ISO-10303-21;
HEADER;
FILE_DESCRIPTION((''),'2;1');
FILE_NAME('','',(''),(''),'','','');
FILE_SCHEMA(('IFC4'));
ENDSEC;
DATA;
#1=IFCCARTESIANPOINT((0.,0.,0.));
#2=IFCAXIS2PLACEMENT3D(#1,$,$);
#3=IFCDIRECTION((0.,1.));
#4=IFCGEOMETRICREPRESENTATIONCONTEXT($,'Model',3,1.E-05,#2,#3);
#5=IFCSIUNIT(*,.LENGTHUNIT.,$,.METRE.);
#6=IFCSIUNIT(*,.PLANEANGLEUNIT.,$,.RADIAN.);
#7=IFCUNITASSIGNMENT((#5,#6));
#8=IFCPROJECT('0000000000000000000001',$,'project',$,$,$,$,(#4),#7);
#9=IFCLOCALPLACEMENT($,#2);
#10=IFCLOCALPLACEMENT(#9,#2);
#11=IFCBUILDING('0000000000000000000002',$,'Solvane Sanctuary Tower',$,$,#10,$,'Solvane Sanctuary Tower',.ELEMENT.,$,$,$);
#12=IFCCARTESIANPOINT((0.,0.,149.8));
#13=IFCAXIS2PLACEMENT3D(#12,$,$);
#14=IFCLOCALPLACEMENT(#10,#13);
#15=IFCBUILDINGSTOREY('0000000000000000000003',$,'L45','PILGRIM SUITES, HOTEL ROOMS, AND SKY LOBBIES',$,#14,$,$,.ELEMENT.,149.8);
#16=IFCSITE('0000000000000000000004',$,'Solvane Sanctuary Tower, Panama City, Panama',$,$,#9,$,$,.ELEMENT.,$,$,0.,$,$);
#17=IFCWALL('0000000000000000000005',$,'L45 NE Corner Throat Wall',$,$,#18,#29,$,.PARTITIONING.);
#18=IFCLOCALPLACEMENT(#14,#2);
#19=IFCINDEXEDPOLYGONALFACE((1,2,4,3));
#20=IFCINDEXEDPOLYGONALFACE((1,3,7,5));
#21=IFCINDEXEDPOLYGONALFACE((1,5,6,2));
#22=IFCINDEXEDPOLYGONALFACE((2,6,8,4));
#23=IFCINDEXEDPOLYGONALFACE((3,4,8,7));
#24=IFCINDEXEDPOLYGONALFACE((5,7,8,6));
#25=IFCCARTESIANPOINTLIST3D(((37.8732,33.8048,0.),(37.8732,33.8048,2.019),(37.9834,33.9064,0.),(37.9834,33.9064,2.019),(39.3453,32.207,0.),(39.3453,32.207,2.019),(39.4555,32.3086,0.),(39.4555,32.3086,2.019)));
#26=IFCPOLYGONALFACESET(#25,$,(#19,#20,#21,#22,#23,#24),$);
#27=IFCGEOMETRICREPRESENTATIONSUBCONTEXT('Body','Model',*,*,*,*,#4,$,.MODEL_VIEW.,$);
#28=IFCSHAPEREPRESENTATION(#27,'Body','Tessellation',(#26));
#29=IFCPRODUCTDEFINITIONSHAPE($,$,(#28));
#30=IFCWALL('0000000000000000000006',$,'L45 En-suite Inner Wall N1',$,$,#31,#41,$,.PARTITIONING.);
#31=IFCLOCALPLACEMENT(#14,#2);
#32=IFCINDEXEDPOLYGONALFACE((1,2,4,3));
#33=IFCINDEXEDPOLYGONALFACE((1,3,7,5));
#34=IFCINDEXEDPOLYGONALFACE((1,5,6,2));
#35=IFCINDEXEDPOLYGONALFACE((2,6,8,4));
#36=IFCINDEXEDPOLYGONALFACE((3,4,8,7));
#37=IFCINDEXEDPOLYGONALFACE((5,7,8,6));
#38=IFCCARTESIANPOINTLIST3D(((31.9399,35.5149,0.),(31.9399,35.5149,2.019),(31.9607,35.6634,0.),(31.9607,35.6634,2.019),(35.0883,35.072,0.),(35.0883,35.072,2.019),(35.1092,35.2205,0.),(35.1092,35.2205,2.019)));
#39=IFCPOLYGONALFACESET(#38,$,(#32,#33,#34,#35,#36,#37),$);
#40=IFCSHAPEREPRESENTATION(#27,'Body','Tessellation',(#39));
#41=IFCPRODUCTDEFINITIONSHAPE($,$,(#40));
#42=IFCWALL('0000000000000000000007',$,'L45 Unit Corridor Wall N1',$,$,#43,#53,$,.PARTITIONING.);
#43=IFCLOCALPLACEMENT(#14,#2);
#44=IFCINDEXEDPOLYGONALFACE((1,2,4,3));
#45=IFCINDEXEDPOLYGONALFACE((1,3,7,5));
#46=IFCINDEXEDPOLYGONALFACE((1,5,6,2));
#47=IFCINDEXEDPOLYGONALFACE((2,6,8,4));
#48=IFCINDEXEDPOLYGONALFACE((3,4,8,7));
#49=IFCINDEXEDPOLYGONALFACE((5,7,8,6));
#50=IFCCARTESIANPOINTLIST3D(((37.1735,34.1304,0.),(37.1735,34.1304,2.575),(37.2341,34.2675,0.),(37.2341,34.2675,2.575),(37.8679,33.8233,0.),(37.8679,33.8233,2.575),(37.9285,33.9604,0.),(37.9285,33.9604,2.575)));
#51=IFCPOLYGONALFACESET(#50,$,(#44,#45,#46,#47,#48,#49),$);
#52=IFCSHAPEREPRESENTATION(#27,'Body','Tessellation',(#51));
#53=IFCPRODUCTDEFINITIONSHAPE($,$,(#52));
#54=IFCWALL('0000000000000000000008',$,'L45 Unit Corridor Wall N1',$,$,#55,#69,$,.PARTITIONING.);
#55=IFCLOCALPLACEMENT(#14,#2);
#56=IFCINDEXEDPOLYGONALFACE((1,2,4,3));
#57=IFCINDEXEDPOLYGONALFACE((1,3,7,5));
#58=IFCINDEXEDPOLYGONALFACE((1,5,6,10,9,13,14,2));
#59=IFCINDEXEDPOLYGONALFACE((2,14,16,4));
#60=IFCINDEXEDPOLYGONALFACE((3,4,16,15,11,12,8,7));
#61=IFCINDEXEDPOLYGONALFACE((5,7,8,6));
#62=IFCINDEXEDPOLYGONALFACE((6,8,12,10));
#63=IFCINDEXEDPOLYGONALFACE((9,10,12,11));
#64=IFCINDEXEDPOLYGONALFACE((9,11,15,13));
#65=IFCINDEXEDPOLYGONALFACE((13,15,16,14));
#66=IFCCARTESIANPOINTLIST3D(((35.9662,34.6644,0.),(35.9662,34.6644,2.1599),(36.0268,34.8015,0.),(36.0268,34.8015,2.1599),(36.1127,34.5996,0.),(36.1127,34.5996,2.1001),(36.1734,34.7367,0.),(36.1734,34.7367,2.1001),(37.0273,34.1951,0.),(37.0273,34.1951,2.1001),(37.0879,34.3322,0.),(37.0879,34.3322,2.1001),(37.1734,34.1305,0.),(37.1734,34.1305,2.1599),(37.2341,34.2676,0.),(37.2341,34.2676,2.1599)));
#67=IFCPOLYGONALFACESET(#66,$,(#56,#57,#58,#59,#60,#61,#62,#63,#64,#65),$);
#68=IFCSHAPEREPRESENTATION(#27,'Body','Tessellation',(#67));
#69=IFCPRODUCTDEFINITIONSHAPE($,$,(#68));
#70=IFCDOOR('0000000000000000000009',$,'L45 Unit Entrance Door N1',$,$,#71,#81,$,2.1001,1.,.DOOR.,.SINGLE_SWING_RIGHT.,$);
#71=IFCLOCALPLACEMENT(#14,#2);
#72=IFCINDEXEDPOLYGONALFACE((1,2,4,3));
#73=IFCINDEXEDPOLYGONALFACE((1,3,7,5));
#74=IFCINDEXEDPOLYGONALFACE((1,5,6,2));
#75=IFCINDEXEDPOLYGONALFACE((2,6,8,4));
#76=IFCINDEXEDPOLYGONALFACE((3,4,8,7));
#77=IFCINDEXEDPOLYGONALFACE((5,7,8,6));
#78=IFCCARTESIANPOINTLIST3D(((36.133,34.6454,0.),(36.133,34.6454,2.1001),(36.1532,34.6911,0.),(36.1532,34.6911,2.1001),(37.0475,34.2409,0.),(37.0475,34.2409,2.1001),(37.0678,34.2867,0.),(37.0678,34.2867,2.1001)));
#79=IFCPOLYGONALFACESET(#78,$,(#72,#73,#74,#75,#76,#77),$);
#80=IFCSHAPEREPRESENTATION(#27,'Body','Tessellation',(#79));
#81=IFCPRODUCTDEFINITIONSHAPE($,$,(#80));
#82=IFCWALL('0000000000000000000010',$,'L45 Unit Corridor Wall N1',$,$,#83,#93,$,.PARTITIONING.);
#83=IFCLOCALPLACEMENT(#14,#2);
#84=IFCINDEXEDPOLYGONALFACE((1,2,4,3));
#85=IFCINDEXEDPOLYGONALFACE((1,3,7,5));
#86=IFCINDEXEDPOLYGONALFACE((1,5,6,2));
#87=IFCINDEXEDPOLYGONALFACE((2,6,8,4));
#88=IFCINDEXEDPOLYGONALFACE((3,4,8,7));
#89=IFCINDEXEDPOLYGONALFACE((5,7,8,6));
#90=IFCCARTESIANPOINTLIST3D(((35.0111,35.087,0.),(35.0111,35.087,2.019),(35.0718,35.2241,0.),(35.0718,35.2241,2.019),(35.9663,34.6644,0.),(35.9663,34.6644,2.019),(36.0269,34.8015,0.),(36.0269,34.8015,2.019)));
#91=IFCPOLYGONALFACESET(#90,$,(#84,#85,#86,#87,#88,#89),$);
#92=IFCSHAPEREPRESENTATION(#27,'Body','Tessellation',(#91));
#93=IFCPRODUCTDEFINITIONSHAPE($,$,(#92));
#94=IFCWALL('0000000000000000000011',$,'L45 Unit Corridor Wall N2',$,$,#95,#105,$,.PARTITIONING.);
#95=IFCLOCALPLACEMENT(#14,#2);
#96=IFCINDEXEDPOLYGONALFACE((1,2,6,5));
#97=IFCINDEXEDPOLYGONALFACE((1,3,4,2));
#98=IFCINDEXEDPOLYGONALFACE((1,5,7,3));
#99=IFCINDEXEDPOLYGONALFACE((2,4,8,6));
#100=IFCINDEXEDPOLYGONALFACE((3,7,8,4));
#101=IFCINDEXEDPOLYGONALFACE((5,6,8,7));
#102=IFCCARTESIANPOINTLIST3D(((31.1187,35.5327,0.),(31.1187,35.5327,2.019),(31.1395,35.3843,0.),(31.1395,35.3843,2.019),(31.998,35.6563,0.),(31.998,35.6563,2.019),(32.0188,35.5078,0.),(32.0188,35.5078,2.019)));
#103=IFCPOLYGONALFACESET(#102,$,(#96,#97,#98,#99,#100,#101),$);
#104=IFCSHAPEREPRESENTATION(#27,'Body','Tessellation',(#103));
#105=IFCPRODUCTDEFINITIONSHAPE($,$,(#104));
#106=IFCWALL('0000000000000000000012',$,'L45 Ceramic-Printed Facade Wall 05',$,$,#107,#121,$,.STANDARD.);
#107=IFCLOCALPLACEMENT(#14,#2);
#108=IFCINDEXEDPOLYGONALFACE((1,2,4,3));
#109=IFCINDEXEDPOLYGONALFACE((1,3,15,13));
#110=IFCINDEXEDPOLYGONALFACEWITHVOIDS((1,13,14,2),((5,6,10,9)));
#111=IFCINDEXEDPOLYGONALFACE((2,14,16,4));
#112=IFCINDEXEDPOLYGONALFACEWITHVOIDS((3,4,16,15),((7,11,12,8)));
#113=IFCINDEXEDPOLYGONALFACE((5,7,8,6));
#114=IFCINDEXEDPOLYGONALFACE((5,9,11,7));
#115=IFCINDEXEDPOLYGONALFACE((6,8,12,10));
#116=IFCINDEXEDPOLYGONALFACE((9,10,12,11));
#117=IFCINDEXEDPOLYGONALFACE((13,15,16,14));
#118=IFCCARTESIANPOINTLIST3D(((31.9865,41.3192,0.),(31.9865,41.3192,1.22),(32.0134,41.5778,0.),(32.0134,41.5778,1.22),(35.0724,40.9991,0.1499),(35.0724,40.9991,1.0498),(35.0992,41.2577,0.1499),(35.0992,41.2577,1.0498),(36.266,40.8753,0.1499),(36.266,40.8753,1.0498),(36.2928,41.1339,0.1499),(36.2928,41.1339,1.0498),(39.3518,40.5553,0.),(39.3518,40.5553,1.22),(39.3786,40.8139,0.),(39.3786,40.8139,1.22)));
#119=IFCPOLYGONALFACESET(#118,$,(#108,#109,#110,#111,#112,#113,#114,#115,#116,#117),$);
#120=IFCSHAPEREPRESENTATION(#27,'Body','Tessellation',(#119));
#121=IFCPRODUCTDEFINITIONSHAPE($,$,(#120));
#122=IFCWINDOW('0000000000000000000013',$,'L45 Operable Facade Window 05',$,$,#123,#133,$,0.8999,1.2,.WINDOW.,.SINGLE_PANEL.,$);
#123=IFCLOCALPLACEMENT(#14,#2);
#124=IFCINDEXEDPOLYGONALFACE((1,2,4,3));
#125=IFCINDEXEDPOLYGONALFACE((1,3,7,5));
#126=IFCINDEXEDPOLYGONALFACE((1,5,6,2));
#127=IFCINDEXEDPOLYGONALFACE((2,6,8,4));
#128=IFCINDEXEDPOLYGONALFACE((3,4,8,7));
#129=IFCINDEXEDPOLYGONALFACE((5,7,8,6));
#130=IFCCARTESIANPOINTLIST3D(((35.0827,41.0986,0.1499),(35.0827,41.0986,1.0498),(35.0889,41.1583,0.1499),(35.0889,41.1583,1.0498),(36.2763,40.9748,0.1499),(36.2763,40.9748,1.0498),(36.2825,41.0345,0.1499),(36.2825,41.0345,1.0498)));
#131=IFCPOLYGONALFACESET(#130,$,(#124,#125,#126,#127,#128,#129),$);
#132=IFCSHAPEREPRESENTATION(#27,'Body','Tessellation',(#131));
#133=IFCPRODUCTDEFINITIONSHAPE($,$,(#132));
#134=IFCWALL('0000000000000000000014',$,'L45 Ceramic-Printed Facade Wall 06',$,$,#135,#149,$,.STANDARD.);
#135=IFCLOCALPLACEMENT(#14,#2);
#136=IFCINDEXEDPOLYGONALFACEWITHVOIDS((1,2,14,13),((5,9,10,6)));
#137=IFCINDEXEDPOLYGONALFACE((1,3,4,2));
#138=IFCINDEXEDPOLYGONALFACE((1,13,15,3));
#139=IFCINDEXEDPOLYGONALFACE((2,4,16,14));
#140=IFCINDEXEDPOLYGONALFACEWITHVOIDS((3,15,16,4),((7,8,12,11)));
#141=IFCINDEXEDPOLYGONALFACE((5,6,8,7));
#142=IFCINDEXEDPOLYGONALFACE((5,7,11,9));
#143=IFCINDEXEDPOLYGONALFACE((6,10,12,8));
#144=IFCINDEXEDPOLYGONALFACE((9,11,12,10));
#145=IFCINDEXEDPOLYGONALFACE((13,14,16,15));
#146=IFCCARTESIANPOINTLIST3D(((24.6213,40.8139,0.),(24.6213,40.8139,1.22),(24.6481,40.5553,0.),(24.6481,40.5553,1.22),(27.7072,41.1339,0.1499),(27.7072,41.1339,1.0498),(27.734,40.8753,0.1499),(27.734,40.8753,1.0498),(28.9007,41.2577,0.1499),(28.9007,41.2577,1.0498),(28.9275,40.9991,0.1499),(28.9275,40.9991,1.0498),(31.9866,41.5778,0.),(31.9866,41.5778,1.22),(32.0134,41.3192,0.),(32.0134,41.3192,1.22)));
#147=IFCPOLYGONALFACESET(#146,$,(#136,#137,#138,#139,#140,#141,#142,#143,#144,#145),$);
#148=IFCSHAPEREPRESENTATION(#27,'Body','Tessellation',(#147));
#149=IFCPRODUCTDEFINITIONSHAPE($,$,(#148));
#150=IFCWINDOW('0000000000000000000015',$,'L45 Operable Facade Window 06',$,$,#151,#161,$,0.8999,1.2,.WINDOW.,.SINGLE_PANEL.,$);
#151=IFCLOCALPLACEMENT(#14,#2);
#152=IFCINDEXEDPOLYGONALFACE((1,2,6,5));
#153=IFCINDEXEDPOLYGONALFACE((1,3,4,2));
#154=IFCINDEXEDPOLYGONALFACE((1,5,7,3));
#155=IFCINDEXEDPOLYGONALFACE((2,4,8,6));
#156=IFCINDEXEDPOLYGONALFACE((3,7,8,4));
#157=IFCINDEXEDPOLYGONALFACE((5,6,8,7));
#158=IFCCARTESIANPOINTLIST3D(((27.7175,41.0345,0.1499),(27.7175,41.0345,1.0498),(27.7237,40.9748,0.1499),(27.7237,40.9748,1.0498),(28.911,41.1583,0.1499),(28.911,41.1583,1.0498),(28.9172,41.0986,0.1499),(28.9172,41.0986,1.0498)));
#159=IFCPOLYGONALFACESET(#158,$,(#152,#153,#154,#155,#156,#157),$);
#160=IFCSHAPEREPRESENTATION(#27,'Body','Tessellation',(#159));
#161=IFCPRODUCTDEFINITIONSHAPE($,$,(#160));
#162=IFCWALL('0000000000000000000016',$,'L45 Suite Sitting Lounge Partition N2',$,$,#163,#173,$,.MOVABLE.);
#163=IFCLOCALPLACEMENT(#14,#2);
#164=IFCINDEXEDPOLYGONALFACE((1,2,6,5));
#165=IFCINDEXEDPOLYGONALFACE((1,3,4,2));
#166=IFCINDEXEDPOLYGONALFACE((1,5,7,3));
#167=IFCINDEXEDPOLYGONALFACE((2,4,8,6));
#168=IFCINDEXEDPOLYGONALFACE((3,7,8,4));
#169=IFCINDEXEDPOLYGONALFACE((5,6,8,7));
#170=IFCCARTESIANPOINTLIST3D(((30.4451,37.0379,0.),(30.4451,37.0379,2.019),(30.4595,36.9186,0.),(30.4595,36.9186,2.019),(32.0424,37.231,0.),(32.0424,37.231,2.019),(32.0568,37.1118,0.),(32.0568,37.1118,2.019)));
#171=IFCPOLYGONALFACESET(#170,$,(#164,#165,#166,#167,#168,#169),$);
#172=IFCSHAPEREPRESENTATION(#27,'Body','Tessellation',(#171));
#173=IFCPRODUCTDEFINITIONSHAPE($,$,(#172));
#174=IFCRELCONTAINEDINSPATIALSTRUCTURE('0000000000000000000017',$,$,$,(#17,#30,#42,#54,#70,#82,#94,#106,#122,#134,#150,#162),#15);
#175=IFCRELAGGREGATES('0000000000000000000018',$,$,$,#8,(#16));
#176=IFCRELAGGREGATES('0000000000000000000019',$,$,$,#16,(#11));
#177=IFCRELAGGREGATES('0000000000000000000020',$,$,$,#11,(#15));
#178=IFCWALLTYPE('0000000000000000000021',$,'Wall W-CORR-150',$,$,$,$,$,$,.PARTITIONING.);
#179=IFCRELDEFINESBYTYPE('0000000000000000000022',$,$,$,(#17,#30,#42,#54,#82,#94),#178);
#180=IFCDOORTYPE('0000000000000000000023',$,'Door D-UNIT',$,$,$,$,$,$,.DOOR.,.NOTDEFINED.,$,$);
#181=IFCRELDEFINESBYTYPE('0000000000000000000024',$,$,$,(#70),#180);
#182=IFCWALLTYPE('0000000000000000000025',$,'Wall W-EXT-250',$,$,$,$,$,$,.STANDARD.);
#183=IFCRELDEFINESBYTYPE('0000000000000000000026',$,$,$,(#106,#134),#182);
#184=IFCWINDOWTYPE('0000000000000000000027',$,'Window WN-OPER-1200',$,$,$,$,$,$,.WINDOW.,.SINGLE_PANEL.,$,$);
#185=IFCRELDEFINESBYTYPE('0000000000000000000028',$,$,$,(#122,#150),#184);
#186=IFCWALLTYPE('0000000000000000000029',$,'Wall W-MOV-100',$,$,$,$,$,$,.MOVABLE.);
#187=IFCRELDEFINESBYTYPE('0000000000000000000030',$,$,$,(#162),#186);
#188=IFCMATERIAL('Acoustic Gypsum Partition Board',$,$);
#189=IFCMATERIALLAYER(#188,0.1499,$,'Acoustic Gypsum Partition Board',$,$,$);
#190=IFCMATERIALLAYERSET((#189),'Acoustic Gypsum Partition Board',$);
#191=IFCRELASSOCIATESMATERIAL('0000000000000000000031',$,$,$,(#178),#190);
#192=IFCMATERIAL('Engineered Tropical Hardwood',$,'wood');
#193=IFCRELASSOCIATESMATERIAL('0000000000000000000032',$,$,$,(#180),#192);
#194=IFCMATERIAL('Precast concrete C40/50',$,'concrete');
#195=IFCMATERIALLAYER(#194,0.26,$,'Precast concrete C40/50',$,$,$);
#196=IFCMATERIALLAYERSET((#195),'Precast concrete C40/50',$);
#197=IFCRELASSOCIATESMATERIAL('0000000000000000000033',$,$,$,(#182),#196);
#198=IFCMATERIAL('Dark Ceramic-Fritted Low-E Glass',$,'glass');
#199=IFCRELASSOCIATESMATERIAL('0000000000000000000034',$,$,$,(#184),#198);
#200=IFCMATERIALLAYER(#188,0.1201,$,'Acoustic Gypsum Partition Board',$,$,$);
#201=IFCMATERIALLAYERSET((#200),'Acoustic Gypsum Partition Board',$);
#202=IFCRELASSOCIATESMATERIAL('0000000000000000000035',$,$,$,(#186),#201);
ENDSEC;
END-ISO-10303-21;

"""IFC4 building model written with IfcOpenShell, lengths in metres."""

from ifc_helpers import new_model, si_unit, direction, frame, frame_2d, origin, place, context, subcontext, project, spatial, rectangle, extrude, material, layer, layer_set, type_object, element, fill, save


model = new_model("IFC4")

# Units and contexts
model_context = context("Model", 3, precision=1e-05, world=origin(), true_north=direction((0.0, 1.0)))
body_context = subcontext(model_context, "Body", "Model", "MODEL_VIEW")
ifc_project = project(units=[si_unit("LENGTHUNIT", "METRE"), si_unit("PLANEANGLEUNIT", "RADIAN")], contexts=[model_context])

# Site, building, storey
site_placement = place(None, origin())
site = spatial("IfcSite", under=ifc_project, at=site_placement, Name="Solvane Sanctuary Tower, Panama City, Panama", CompositionType="ELEMENT", RefElevation=0.0)
building_placement = place(site_placement, origin())
building = spatial("IfcBuilding", under=site, at=building_placement, Name="Solvane Sanctuary Tower", LongName="Solvane Sanctuary Tower", CompositionType="ELEMENT")
storey_placement = place(building_placement, frame((0.0, 0.0, 149.8)))
storey = spatial("IfcBuildingStorey", under=building, at=storey_placement, Name="L45", Description="PILGRIM SUITES, HOTEL ROOMS, AND SKY LOBBIES", CompositionType="ELEMENT", Elevation=149.8)

# Walls
ifc_material_1 = material(Name="Acoustic Gypsum Partition Board")
ifc_layer_1 = layer(ifc_material_1, 0.1499, Name="Acoustic Gypsum Partition Board")
ifc_layer_set_1 = layer_set([ifc_layer_1], Name="Acoustic Gypsum Partition Board")
wall_type_1 = type_object("IfcWallType", Name="Wall W-CORR-150", PredefinedType="PARTITIONING", material=ifc_layer_set_1)
wall_1_placement = place(storey_placement, frame((37.9282, 33.8557, 0.0), z_axis=(0.0, 0.0, 1.0), x_axis=(0.67758, -0.735449, 0.0)))
element("IfcWall", 1, at=wall_1_placement, inside=storey, type_object=wall_type_1, Name="L45 NE Corner Throat Wall", PredefinedType="PARTITIONING", context=body_context, shape_type="SweptSolid", body=[
    extrude(rectangle(XDim=2.1726, YDim=0.1499, at=frame_2d((1.0864, 0.0))), origin(), (0.0, 0.0, 1.0), 2.019),
])
wall_2_placement = place(storey_placement, frame((35.0989, 35.1462, 0.0), z_axis=(0.0, 0.0, 1.0), x_axis=(-0.990251, 0.139292, 0.0)))
element("IfcWall", 2, at=wall_2_placement, inside=storey, type_object=wall_type_1, Name="L45 En-suite Inner Wall N1", PredefinedType="PARTITIONING", context=body_context, shape_type="SweptSolid", body=[
    extrude(rectangle(XDim=3.1794, YDim=0.1499, at=frame_2d((1.5898, 0.0))), origin(), (0.0, 0.0, 1.0), 2.019),
])
wall_3_placement = place(storey_placement, frame((37.8982, 33.8918, 0.0), z_axis=(0.0, 0.0, 1.0), x_axis=(-0.914526, 0.404527, 0.0)))
element("IfcWall", 3, at=wall_3_placement, inside=storey, type_object=wall_type_1, Name="L45 Unit Corridor Wall N1", PredefinedType="PARTITIONING", context=body_context, shape_type="SweptSolid", body=[
    extrude(rectangle(XDim=0.7593, YDim=0.1499, at=frame_2d((0.3796, 0.0))), origin(), (0.0, 0.0, 1.0), 2.575),
])

# Wall, opening, door
wall_4_placement = place(storey_placement, frame((37.2039, 34.199, 0.0), z_axis=(0.0, 0.0, 1.0), x_axis=(-0.91455, 0.404473, 0.0)))
wall_4 = element("IfcWall", 4, at=wall_4_placement, inside=storey, type_object=wall_type_1, Name="L45 Unit Corridor Wall N1", PredefinedType="PARTITIONING", context=body_context, shape_type="SweptSolid", body=[
    extrude(rectangle(XDim=1.3201, YDim=0.1499, at=frame_2d((0.6602, 0.0))), origin(), (0.0, 0.0, 1.0), 2.1599),
])
opening_1_placement = place(wall_4_placement, frame((0.1599, 0.0, 0.0)))
opening_1 = element("IfcOpeningElement", 5, at=opening_1_placement, cuts=wall_4, PredefinedType="OPENING", context=body_context, shape_type="SweptSolid", body=[
    extrude(rectangle(XDim=1.0, YDim=2.1001, at=frame_2d((0.5, 1.05))), frame((0.0, 0.085, 0.0), z_axis=(0.0, -1.0, 0.0), x_axis=(1.0, 0.0, 0.0)), (0.0, 0.0, 1.0), 0.1699),
])
ifc_material_2 = material(Name="Engineered Tropical Hardwood", Category="wood")
door_type_1 = type_object("IfcDoorType", Name="Door D-UNIT", OperationType="NOTDEFINED", PredefinedType="DOOR", material=ifc_material_2)
door_1_placement = place(opening_1_placement, origin())
door_1 = element("IfcDoor", 6, at=door_1_placement, inside=storey, type_object=door_type_1, Name="L45 Unit Entrance Door N1", OperationType="SINGLE_SWING_RIGHT", OverallHeight=2.1001, OverallWidth=1.0, PredefinedType="DOOR", context=body_context, shape_type="SweptSolid", body=[
    extrude(rectangle(XDim=1.0, YDim=2.1001, at=frame_2d((0.5, 1.05))), frame((0.0, 0.0249, 0.0), z_axis=(0.0, -1.0, 0.0), x_axis=(1.0, 0.0, 0.0)), (0.0, 0.0, 1.0), 0.05),
])
fill(opening_1, door_1)

# Walls
wall_5_placement = place(storey_placement, frame((35.9966, 34.7329, 0.0), z_axis=(0.0, 0.0, 1.0), x_axis=(-0.914475, 0.404641, 0.0)))
element("IfcWall", 7, at=wall_5_placement, inside=storey, type_object=wall_type_1, Name="L45 Unit Corridor Wall N1", PredefinedType="PARTITIONING", context=body_context, shape_type="SweptSolid", body=[
    extrude(rectangle(XDim=1.0444, YDim=0.1499, at=frame_2d((0.5222, 0.0))), origin(), (0.0, 0.0, 1.0), 2.019),
])
wall_6_placement = place(storey_placement, frame((32.0083, 35.582, 0.0), z_axis=(0.0, 0.0, 1.0), x_axis=(-0.990277, -0.139112, 0.0)))
element("IfcWall", 8, at=wall_6_placement, inside=storey, type_object=wall_type_1, Name="L45 Unit Corridor Wall N2", PredefinedType="PARTITIONING", context=body_context, shape_type="SweptSolid", body=[
    extrude(rectangle(XDim=0.8879, YDim=0.1499, at=frame_2d((0.4438, 0.0))), origin(), (0.0, 0.0, 1.0), 2.019),
])

# Walls, openings, windows
ifc_material_3 = material(Name="Precast concrete C40/50", Category="concrete")
ifc_layer_2 = layer(ifc_material_3, 0.26, Name="Precast concrete C40/50")
ifc_layer_set_2 = layer_set([ifc_layer_2], Name="Precast concrete C40/50")
wall_type_2 = type_object("IfcWallType", Name="Wall W-EXT-250", PredefinedType="STANDARD", material=ifc_layer_set_2)
wall_7_placement = place(storey_placement, frame((39.3652, 40.6846, 0.0), z_axis=(0.0, 0.0, 1.0), x_axis=(-0.994664, 0.103166, 0.0)))
wall_7 = element("IfcWall", 9, at=wall_7_placement, inside=storey, type_object=wall_type_2, Name="L45 Ceramic-Printed Facade Wall 05", PredefinedType="STANDARD", context=body_context, shape_type="SweptSolid", body=[
    extrude(rectangle(XDim=7.4048, YDim=0.26, at=frame_2d((3.7024, 0.0))), origin(), (0.0, 0.0, 1.0), 1.22),
])
opening_2_placement = place(wall_7_placement, frame((3.1023, 0.0, 0.1499)))
opening_2 = element("IfcOpeningElement", 10, at=opening_2_placement, cuts=wall_7, PredefinedType="OPENING", context=body_context, shape_type="SweptSolid", body=[
    extrude(rectangle(XDim=1.2, YDim=0.8999, at=frame_2d((0.6001, 0.45))), frame((0.0, 0.1399, 0.0), z_axis=(0.0, -1.0, 0.0), x_axis=(1.0, 0.0, 0.0)), (0.0, 0.0, 1.0), 0.28),
])
ifc_material_4 = material(Name="Dark Ceramic-Fritted Low-E Glass", Category="glass")
window_type = type_object("IfcWindowType", Name="Window WN-OPER-1200", PartitioningType="SINGLE_PANEL", PredefinedType="WINDOW", material=ifc_material_4)
window_1_placement = place(opening_2_placement, origin())
window_1 = element("IfcWindow", 11, at=window_1_placement, inside=storey, type_object=window_type, Name="L45 Operable Facade Window 05", OverallHeight=0.8999, OverallWidth=1.2, PartitioningType="SINGLE_PANEL", PredefinedType="WINDOW", context=body_context, shape_type="SweptSolid", body=[
    extrude(rectangle(XDim=1.2, YDim=0.8999, at=frame_2d((0.6001, 0.45))), frame((0.0, 0.03, 0.0), z_axis=(0.0, -1.0, 0.0), x_axis=(1.0, 0.0, 0.0)), (0.0, 0.0, 1.0), 0.0601),
])
fill(opening_2, window_1)
wall_8_placement = place(storey_placement, frame((32.0, 41.4485, 0.0), z_axis=(0.0, 0.0, 1.0), x_axis=(-0.994664, -0.103166, 0.0)))
wall_8 = element("IfcWall", 12, at=wall_8_placement, inside=storey, type_object=wall_type_2, Name="L45 Ceramic-Printed Facade Wall 06", PredefinedType="STANDARD", context=body_context, shape_type="SweptSolid", body=[
    extrude(rectangle(XDim=7.4048, YDim=0.26, at=frame_2d((3.7024, 0.0))), origin(), (0.0, 0.0, 1.0), 1.22),
])
opening_3_placement = place(wall_8_placement, frame((3.1023, 0.0, 0.1499)))
opening_3 = element("IfcOpeningElement", 13, at=opening_3_placement, cuts=wall_8, PredefinedType="OPENING", context=body_context, shape_type="SweptSolid", body=[
    extrude(rectangle(XDim=1.2, YDim=0.8999, at=frame_2d((0.6001, 0.45))), frame((0.0, 0.1399, 0.0), z_axis=(0.0, -1.0, 0.0), x_axis=(1.0, 0.0, 0.0)), (0.0, 0.0, 1.0), 0.28),
])
window_2_placement = place(opening_3_placement, origin())
window_2 = element("IfcWindow", 14, at=window_2_placement, inside=storey, type_object=window_type, Name="L45 Operable Facade Window 06", OverallHeight=0.8999, OverallWidth=1.2, PartitioningType="SINGLE_PANEL", PredefinedType="WINDOW", context=body_context, shape_type="SweptSolid", body=[
    extrude(rectangle(XDim=1.2, YDim=0.8999, at=frame_2d((0.6001, 0.45))), frame((0.0, 0.03, 0.0), z_axis=(0.0, -1.0, 0.0), x_axis=(1.0, 0.0, 0.0)), (0.0, 0.0, 1.0), 0.0601),
])
fill(opening_3, window_2)

# Wall
ifc_layer_3 = layer(ifc_material_1, 0.1201, Name="Acoustic Gypsum Partition Board")
ifc_layer_set_3 = layer_set([ifc_layer_3], Name="Acoustic Gypsum Partition Board")
wall_type_3 = type_object("IfcWallType", Name="Wall W-MOV-100", PredefinedType="MOVABLE", material=ifc_layer_set_3)
wall_9_placement = place(storey_placement, frame((32.0496, 37.1714, 0.0), z_axis=(0.0, 0.0, 1.0), x_axis=(-0.992769, -0.120037, 0.0)))
element("IfcWall", 15, at=wall_9_placement, inside=storey, type_object=wall_type_3, Name="L45 Suite Sitting Lounge Partition N2", PredefinedType="MOVABLE", context=body_context, shape_type="SweptSolid", body=[
    extrude(rectangle(XDim=1.6089, YDim=0.1201, at=frame_2d((0.8044, 0.0))), origin(), (0.0, 0.0, 1.0), 2.019),
])

save(model, "model.ifc")
